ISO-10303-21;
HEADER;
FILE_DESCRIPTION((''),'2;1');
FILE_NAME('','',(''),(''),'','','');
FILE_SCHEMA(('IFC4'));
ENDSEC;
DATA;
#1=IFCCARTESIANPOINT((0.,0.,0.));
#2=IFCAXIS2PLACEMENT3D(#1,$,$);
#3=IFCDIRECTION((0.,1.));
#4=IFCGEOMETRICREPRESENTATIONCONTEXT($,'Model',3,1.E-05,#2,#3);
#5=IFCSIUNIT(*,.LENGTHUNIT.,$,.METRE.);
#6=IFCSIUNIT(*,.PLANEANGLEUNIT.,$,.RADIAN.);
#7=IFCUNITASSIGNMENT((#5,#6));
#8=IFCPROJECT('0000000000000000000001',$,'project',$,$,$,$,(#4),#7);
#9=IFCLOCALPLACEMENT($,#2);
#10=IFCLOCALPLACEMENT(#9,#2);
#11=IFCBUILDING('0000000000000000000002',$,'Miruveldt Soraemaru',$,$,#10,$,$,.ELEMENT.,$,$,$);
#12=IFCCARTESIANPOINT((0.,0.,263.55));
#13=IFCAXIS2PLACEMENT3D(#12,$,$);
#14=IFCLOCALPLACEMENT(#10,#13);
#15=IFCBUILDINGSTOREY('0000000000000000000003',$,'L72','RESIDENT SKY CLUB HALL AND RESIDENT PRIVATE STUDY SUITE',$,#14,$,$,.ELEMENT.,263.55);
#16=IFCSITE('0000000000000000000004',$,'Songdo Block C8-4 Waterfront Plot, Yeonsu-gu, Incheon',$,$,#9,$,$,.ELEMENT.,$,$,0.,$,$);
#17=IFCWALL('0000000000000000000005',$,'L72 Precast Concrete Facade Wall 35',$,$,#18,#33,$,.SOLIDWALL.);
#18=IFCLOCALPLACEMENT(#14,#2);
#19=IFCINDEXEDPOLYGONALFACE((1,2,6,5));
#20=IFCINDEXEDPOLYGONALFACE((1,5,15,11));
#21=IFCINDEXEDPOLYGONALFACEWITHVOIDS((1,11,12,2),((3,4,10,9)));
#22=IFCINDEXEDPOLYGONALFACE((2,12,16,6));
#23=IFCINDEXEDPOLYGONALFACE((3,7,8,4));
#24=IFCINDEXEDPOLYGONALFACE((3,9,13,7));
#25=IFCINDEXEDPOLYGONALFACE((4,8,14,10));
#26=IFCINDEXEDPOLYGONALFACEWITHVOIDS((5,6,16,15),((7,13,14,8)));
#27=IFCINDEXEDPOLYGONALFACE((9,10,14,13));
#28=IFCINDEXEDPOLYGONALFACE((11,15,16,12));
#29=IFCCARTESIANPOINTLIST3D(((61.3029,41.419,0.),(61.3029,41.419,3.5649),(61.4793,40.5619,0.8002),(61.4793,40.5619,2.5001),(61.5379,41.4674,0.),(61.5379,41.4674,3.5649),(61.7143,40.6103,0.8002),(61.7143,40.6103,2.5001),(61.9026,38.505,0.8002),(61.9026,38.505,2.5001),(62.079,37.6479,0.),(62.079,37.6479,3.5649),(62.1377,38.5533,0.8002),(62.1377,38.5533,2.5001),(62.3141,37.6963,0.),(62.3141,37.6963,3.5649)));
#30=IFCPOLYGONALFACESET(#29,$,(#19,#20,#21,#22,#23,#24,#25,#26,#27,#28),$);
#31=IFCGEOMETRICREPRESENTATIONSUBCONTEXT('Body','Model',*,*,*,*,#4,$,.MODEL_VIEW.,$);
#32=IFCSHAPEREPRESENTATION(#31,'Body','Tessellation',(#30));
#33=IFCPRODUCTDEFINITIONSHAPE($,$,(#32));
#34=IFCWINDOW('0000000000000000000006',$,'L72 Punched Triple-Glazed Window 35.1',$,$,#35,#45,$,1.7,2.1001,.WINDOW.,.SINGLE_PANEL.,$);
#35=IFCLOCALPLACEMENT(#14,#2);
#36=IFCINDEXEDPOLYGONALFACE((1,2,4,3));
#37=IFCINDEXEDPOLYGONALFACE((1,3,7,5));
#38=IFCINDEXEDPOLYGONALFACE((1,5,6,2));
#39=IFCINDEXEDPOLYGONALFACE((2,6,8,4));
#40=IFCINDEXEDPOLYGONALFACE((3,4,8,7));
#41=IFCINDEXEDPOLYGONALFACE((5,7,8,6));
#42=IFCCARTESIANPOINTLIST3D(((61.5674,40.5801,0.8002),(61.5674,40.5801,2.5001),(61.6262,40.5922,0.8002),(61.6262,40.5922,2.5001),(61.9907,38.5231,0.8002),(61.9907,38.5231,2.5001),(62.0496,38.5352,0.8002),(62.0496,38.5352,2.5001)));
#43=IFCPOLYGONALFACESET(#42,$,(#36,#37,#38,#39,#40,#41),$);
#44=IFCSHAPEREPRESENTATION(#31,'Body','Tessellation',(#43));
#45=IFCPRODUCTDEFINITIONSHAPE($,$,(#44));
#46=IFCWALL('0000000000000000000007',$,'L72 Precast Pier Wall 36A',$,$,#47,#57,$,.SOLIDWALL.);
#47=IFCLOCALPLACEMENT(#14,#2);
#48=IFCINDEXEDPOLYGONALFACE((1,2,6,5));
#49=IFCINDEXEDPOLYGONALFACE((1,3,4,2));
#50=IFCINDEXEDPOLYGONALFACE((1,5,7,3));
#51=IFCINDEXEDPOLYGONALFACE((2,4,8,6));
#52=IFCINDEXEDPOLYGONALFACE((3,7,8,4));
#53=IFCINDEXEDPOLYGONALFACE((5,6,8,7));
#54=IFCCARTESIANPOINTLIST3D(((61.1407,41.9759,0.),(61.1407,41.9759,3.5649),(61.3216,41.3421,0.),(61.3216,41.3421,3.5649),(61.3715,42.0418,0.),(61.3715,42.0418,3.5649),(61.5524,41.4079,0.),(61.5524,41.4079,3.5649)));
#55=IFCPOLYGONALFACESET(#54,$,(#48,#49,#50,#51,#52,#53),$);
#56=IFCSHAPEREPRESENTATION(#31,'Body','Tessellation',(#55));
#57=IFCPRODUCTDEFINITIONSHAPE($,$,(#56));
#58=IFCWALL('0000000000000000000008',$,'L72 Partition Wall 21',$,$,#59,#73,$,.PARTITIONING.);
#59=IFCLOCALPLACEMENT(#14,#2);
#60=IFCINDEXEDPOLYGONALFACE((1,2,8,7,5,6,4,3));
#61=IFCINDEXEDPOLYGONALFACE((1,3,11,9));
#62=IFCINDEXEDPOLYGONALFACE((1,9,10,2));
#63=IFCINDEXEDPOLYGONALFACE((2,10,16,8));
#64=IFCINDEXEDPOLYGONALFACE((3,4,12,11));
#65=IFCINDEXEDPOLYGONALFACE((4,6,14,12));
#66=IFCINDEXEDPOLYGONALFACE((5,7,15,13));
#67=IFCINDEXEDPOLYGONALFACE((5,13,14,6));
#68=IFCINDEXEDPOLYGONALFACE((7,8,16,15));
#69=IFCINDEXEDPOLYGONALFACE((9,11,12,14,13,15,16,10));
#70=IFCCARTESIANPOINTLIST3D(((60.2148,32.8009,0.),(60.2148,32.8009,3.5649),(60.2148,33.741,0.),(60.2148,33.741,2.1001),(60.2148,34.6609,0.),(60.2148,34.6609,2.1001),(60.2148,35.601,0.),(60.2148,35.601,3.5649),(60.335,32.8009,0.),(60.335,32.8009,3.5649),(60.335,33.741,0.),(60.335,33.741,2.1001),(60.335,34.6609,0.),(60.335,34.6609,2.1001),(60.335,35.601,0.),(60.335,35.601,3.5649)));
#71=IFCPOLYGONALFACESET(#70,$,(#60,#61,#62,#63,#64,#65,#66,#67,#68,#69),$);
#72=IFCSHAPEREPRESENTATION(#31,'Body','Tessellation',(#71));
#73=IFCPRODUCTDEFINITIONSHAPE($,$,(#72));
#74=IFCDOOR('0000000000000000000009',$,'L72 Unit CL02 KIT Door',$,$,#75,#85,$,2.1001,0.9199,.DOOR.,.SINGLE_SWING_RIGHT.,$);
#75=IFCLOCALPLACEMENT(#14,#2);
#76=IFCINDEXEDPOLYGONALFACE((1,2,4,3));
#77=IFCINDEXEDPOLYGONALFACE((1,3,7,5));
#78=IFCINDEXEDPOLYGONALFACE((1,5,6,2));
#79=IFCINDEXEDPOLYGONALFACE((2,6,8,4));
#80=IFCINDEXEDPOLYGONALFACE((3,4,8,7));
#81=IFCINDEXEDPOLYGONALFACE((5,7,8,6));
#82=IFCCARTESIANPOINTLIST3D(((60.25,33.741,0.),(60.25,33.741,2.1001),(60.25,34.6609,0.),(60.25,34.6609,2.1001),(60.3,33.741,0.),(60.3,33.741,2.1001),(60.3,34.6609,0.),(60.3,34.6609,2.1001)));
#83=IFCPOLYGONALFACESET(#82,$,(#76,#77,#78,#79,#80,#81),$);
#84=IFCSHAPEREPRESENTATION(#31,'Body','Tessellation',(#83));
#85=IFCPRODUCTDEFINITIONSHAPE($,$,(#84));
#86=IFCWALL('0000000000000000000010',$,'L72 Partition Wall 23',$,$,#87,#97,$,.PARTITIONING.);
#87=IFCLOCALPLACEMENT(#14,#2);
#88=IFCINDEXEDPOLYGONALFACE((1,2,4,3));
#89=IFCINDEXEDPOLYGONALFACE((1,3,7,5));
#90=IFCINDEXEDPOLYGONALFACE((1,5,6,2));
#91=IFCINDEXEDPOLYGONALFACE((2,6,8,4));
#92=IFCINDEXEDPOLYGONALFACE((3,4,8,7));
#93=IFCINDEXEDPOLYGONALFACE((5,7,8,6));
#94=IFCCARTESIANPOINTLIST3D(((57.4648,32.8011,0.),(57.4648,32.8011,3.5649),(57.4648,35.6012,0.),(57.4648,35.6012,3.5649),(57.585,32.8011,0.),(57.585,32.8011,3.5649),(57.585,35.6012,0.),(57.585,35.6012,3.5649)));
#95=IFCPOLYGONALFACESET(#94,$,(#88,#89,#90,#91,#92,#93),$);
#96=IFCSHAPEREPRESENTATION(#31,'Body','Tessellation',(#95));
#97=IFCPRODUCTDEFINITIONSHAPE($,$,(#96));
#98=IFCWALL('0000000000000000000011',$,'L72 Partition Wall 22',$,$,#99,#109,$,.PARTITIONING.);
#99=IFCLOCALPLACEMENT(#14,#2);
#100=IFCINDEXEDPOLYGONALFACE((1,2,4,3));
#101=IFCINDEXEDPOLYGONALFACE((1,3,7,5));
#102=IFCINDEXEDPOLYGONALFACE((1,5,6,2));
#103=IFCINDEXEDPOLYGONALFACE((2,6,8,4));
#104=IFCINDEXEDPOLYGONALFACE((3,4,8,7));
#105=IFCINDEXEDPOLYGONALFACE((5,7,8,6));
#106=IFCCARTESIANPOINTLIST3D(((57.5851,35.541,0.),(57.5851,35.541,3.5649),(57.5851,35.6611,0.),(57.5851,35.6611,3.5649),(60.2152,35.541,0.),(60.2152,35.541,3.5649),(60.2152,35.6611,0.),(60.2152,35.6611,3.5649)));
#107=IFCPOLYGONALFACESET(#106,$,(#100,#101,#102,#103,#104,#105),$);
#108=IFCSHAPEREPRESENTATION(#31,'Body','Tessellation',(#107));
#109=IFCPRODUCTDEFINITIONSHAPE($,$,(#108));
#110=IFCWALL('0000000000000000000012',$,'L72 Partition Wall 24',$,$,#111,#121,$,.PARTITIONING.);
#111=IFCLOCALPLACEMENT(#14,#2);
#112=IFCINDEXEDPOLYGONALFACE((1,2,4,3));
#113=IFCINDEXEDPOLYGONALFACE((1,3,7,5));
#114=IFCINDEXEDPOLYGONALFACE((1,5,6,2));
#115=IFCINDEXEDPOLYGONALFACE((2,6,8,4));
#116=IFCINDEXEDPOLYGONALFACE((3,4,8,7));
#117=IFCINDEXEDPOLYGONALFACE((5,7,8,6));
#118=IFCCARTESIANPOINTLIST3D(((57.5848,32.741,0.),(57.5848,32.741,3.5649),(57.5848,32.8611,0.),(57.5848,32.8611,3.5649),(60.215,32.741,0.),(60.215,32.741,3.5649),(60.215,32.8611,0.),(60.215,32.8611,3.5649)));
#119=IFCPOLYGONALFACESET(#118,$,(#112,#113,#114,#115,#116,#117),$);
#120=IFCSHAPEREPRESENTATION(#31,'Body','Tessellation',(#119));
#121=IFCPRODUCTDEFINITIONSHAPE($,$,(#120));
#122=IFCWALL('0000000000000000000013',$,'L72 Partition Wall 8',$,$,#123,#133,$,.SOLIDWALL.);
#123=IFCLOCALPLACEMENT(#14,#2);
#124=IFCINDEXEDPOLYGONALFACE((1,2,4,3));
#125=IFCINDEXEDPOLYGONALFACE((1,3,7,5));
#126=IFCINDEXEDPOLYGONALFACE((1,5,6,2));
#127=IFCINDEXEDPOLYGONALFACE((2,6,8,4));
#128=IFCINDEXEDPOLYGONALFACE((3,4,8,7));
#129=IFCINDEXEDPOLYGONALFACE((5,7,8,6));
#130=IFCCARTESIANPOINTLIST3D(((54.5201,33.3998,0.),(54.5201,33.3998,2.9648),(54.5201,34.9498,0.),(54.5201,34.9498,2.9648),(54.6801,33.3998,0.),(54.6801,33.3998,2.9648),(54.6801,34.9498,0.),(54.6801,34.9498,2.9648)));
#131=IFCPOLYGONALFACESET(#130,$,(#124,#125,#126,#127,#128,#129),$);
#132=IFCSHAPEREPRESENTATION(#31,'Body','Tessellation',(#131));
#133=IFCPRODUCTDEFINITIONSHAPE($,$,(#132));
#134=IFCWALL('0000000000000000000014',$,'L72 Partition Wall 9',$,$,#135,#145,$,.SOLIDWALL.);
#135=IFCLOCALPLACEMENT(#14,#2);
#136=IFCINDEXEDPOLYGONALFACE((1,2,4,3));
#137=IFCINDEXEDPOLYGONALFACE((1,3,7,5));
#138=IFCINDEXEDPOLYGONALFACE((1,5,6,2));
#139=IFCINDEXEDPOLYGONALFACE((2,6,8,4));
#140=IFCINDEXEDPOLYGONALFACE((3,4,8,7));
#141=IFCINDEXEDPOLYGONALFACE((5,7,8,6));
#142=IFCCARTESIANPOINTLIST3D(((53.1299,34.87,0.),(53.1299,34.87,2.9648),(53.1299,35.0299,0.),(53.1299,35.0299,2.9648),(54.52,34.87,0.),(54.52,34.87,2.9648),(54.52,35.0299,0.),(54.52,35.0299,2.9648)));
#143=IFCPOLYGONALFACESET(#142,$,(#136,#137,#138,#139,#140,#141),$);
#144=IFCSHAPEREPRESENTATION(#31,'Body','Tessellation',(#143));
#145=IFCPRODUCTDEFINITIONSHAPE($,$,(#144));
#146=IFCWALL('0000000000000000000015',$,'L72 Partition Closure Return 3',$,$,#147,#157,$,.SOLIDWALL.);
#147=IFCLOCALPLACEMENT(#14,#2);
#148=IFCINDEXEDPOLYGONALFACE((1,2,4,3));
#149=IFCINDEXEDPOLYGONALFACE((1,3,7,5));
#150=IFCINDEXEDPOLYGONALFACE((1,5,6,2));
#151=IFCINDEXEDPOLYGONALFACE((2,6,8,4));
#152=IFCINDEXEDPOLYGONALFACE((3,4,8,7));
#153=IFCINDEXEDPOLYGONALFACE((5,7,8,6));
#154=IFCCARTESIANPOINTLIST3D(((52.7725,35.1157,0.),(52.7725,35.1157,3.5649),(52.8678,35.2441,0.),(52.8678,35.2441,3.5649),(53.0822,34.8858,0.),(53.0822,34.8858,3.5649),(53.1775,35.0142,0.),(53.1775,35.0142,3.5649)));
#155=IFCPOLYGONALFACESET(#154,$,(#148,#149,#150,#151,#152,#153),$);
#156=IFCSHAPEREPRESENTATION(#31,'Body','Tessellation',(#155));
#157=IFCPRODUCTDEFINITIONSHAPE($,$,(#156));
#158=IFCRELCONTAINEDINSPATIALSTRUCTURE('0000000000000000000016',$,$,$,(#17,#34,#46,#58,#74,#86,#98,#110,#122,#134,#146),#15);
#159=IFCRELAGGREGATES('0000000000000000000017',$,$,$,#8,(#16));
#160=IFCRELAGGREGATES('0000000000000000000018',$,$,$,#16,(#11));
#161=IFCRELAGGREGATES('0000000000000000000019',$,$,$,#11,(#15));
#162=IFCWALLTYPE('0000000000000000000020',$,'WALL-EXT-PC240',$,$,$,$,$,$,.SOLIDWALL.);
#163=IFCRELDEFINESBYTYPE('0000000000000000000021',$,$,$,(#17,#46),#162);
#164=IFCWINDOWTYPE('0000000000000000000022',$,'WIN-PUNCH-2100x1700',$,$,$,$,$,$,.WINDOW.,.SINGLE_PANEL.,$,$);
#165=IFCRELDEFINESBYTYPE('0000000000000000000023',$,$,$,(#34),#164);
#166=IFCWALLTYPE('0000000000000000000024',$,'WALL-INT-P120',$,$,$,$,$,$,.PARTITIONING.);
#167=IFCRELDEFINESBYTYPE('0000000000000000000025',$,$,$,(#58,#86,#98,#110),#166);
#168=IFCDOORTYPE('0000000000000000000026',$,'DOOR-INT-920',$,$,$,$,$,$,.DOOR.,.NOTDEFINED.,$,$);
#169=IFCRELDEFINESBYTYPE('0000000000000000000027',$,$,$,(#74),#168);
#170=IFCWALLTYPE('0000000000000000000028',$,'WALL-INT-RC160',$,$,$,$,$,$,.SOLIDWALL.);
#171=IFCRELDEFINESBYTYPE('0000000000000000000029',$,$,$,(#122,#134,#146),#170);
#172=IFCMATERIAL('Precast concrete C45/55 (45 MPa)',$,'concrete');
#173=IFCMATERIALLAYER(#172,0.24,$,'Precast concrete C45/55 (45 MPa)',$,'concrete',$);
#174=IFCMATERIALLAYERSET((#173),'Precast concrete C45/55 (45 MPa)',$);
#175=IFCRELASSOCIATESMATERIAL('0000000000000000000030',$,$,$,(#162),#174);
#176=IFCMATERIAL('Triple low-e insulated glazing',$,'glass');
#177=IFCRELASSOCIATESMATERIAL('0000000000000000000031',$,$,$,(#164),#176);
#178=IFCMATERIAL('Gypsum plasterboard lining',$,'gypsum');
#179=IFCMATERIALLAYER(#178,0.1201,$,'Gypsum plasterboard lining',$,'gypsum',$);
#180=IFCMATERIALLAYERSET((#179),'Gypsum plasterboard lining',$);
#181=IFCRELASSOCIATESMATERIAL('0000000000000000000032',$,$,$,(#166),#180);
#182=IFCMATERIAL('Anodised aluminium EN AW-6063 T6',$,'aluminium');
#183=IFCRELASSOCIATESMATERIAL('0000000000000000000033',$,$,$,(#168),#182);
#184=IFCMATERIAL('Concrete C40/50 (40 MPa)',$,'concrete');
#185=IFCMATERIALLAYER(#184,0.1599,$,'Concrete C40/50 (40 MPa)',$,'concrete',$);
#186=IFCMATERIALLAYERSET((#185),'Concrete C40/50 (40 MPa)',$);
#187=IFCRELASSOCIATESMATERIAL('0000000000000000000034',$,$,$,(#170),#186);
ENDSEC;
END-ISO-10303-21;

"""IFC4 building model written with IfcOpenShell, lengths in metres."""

from ifc_helpers import new_model, si_unit, direction, frame, frame_2d, origin, place, context, subcontext, project, spatial, rectangle, extrude, material, layer, layer_set, type_object, element, fill, save


model = new_model("IFC4")

# Units and contexts
model_context = context("Model", 3, precision=1e-05, world=origin(), true_north=direction((0.0, 1.0)))
body_context = subcontext(model_context, "Body", "Model", "MODEL_VIEW")
ifc_project = project(units=[si_unit("LENGTHUNIT", "METRE"), si_unit("PLANEANGLEUNIT", "RADIAN")], contexts=[model_context])

# Site, building, storey
site_placement = place(None, origin())
site = spatial("IfcSite", under=ifc_project, at=site_placement, Name="Songdo Block C8-4 Waterfront Plot, Yeonsu-gu, Incheon", CompositionType="ELEMENT", RefElevation=0.0)
building_placement = place(site_placement, origin())
building = spatial("IfcBuilding", under=site, at=building_placement, Name="Miruveldt Soraemaru", CompositionType="ELEMENT")
storey_placement = place(building_placement, frame((0.0, 0.0, 263.55)))
storey = spatial("IfcBuildingStorey", under=building, at=storey_placement, Name="L72", Description="RESIDENT SKY CLUB HALL AND RESIDENT PRIVATE STUDY SUITE", CompositionType="ELEMENT", Elevation=263.55)

# Shared definitions
ifc_material_1 = material(Name="Anodised aluminium EN AW-6063 T6", Category="aluminium")

# Wall, opening, window
ifc_material_2 = material(Name="Precast concrete C45/55 (45 MPa)", Category="concrete")
ifc_layer_1 = layer(ifc_material_2, 0.24, Name="Precast concrete C45/55 (45 MPa)", Category="concrete")
ifc_layer_set_1 = layer_set([ifc_layer_1], Name="Precast concrete C45/55 (45 MPa)")
wall_type_1 = type_object("IfcWallType", Name="WALL-EXT-PC240", PredefinedType="SOLIDWALL", material=ifc_layer_set_1)
ifc_material_3 = material(Name="Triple low-e insulated glazing", Category="glass")
window_type_1 = type_object("IfcWindowType", Name="WIN-PUNCH-2100x1700", PartitioningType="SINGLE_PANEL", PredefinedType="WINDOW", material=ifc_material_3)
wall_1_placement = place(storey_placement, frame((62.1965, 37.6721, 0.0), z_axis=(0.0, 0.0, 1.0), x_axis=(-0.201589, 0.97947, 0.0)))
wall_1 = element("IfcWall", 1, at=wall_1_placement, inside=storey, type_object=wall_type_1, Name="L72 Precast Concrete Facade Wall 35", PredefinedType="SOLIDWALL", context=body_context, shape_type="SweptSolid", body=[
    extrude(rectangle(XDim=3.8501, YDim=0.24, at=frame_2d((1.925, 0.0))), origin(), (0.0, 0.0, 1.0), 3.5649),
])
opening_1_placement = place(wall_1_placement, frame((0.875, 0.0, 0.8)))
opening_1 = element("IfcOpeningElement", 2, at=opening_1_placement, cuts=wall_1, PredefinedType="OPENING", context=body_context, shape_type="SweptSolid", body=[
    extrude(rectangle(XDim=2.1001, YDim=1.7, at=frame_2d((1.05, 0.8501))), frame((0.0, 0.1299, 0.0), z_axis=(0.0, -1.0, 0.0), x_axis=(1.0, 0.0, 0.0)), (0.0, 0.0, 1.0), 0.26),
])
window_1_placement = place(opening_1_placement, origin())
window_1 = element("IfcWindow", 3, at=window_1_placement, inside=storey, type_object=window_type_1, Name="L72 Punched Triple-Glazed Window 35.1", OverallHeight=1.7, OverallWidth=2.1001, PartitioningType="SINGLE_PANEL", PredefinedType="WINDOW", context=body_context, shape_type="SweptSolid", body=[
    extrude(rectangle(XDim=2.1001, YDim=1.7, at=frame_2d((1.05, 0.8501))), frame((0.0, 0.03, 0.0), z_axis=(0.0, -1.0, 0.0), x_axis=(1.0, 0.0, 0.0)), (0.0, 0.0, 1.0), 0.0601),
])
fill(opening_1, window_1)

# Wall
wall_2_placement = place(storey_placement, frame((61.437, 41.375, 0.0), z_axis=(0.0, 0.0, 1.0), x_axis=(-0.274477, 0.961594, 0.0)))
element("IfcWall", 4, at=wall_2_placement, inside=storey, type_object=wall_type_1, Name="L72 Precast Pier Wall 36A", PredefinedType="SOLIDWALL", context=body_context, shape_type="SweptSolid", body=[
    extrude(rectangle(XDim=0.6592, YDim=0.24, at=frame_2d((0.3296, 0.0))), origin(), (0.0, 0.0, 1.0), 3.5649),
])

# Wall, opening, door
ifc_material_4 = material(Name="Gypsum plasterboard lining", Category="gypsum")
ifc_layer_2 = layer(ifc_material_4, 0.1201, Name="Gypsum plasterboard lining", Category="gypsum")
ifc_layer_set_2 = layer_set([ifc_layer_2], Name="Gypsum plasterboard lining")
wall_type_2 = type_object("IfcWallType", Name="WALL-INT-P120", PredefinedType="PARTITIONING", material=ifc_layer_set_2)
wall_3_placement = place(storey_placement, frame((60.2749, 32.801, 0.0), z_axis=(0.0, 0.0, 1.0), x_axis=(0.0, 1.0, 0.0)))
wall_3 = element("IfcWall", 5, at=wall_3_placement, inside=storey, type_object=wall_type_2, Name="L72 Partition Wall 21", PredefinedType="PARTITIONING", context=body_context, shape_type="SweptSolid", body=[
    extrude(rectangle(XDim=2.8, YDim=0.1201, at=frame_2d((1.3999, 0.0))), origin(), (0.0, 0.0, 1.0), 3.5649),
])
opening_2_placement = place(wall_3_placement, frame((0.9399, 0.0, 0.0)))
opening_2 = element("IfcOpeningElement", 6, at=opening_2_placement, cuts=wall_3, PredefinedType="OPENING", context=body_context, shape_type="SweptSolid", body=[
    extrude(rectangle(XDim=0.9199, YDim=2.1001, at=frame_2d((0.46, 1.05))), frame((0.0, 0.0701, 0.0), z_axis=(0.0, -1.0, 0.0), x_axis=(1.0, 0.0, 0.0)), (0.0, 0.0, 1.0), 0.1401),
])
door_type = type_object("IfcDoorType", Name="DOOR-INT-920", OperationType="NOTDEFINED", PredefinedType="DOOR", material=ifc_material_1)
door_placement = place(opening_2_placement, origin())
door = element("IfcDoor", 7, at=door_placement, inside=storey, type_object=door_type, Name="L72 Unit CL02 KIT Door", OperationType="SINGLE_SWING_RIGHT", OverallHeight=2.1001, OverallWidth=0.9199, PredefinedType="DOOR", context=body_context, shape_type="SweptSolid", body=[
    extrude(rectangle(XDim=0.9199, YDim=2.1001, at=frame_2d((0.46, 1.05))), frame((0.0, 0.0249, 0.0), z_axis=(0.0, -1.0, 0.0), x_axis=(1.0, 0.0, 0.0)), (0.0, 0.0, 1.0), 0.05),
])
fill(opening_2, door)

# Walls
wall_4_placement = place(storey_placement, frame((57.5249, 35.6011, 0.0), z_axis=(0.0, 0.0, 1.0), x_axis=(0.0, -1.0, 0.0)))
element("IfcWall", 8, at=wall_4_placement, inside=storey, type_object=wall_type_2, Name="L72 Partition Wall 23", PredefinedType="PARTITIONING", context=body_context, shape_type="SweptSolid", body=[
    extrude(rectangle(XDim=2.8, YDim=0.1201, at=frame_2d((1.3999, 0.0))), origin(), (0.0, 0.0, 1.0), 3.5649),
])
for number, where, z_axis, x_axis, name in (
    (9, (60.2151, 35.6011, 0.0), (0.0, 0.0, 1.0), (-1.0, 0.0, 0.0), "L72 Partition Wall 22"),
    (10, (57.585, 32.801, 0.0), (0.0, 0.0, 1.0), (1.0, 0.0, 0.0), "L72 Partition Wall 24"),
):
    element("IfcWall", number, at=place(storey_placement, frame(where, z_axis=z_axis, x_axis=x_axis)), inside=storey, type_object=wall_type_2, Name=name, PredefinedType="PARTITIONING", context=body_context, shape_type="SweptSolid", body=[
        extrude(rectangle(XDim=2.6301, YDim=0.1201, at=frame_2d((1.3149, 0.0))), origin(), (0.0, 0.0, 1.0), 3.5649),
    ])
ifc_material_5 = material(Name="Concrete C40/50 (40 MPa)", Category="concrete")
ifc_layer_3 = layer(ifc_material_5, 0.1599, Name="Concrete C40/50 (40 MPa)", Category="concrete")
ifc_layer_set_3 = layer_set([ifc_layer_3], Name="Concrete C40/50 (40 MPa)")
wall_type_3 = type_object("IfcWallType", Name="WALL-INT-RC160", PredefinedType="SOLIDWALL", material=ifc_layer_set_3)
wall_5_placement = place(storey_placement, frame((54.6001, 33.3999, 0.0), z_axis=(0.0, 0.0, 1.0), x_axis=(0.0, 1.0, 0.0)))
element("IfcWall", 11, at=wall_5_placement, inside=storey, type_object=wall_type_3, Name="L72 Partition Wall 8", PredefinedType="SOLIDWALL", context=body_context, shape_type="SweptSolid", body=[
    extrude(rectangle(XDim=1.55, YDim=0.1599, at=frame_2d((0.7749, 0.0))), origin(), (0.0, 0.0, 1.0), 2.9648),
])
wall_6_placement = place(storey_placement, frame((54.52, 34.95, 0.0), z_axis=(0.0, 0.0, 1.0), x_axis=(-1.0, 0.0, 0.0)))
element("IfcWall", 12, at=wall_6_placement, inside=storey, type_object=wall_type_3, Name="L72 Partition Wall 9", PredefinedType="SOLIDWALL", context=body_context, shape_type="SweptSolid", body=[
    extrude(rectangle(XDim=1.3901, YDim=0.1599, at=frame_2d((0.6951, 0.0))), origin(), (0.0, 0.0, 1.0), 2.9648),
])
wall_7_placement = place(storey_placement, frame((53.1299, 34.95, 0.0), z_axis=(0.0, 0.0, 1.0), x_axis=(-0.802951, 0.596044, 0.0)))
element("IfcWall", 13, at=wall_7_placement, inside=storey, type_object=wall_type_3, Name="L72 Partition Closure Return 3", PredefinedType="SOLIDWALL", context=body_context, shape_type="SweptSolid", body=[
    extrude(rectangle(XDim=0.3857, YDim=0.1599, at=frame_2d((0.1929, 0.0))), origin(), (0.0, 0.0, 1.0), 3.5649),
])

save(model, "model.ifc")
